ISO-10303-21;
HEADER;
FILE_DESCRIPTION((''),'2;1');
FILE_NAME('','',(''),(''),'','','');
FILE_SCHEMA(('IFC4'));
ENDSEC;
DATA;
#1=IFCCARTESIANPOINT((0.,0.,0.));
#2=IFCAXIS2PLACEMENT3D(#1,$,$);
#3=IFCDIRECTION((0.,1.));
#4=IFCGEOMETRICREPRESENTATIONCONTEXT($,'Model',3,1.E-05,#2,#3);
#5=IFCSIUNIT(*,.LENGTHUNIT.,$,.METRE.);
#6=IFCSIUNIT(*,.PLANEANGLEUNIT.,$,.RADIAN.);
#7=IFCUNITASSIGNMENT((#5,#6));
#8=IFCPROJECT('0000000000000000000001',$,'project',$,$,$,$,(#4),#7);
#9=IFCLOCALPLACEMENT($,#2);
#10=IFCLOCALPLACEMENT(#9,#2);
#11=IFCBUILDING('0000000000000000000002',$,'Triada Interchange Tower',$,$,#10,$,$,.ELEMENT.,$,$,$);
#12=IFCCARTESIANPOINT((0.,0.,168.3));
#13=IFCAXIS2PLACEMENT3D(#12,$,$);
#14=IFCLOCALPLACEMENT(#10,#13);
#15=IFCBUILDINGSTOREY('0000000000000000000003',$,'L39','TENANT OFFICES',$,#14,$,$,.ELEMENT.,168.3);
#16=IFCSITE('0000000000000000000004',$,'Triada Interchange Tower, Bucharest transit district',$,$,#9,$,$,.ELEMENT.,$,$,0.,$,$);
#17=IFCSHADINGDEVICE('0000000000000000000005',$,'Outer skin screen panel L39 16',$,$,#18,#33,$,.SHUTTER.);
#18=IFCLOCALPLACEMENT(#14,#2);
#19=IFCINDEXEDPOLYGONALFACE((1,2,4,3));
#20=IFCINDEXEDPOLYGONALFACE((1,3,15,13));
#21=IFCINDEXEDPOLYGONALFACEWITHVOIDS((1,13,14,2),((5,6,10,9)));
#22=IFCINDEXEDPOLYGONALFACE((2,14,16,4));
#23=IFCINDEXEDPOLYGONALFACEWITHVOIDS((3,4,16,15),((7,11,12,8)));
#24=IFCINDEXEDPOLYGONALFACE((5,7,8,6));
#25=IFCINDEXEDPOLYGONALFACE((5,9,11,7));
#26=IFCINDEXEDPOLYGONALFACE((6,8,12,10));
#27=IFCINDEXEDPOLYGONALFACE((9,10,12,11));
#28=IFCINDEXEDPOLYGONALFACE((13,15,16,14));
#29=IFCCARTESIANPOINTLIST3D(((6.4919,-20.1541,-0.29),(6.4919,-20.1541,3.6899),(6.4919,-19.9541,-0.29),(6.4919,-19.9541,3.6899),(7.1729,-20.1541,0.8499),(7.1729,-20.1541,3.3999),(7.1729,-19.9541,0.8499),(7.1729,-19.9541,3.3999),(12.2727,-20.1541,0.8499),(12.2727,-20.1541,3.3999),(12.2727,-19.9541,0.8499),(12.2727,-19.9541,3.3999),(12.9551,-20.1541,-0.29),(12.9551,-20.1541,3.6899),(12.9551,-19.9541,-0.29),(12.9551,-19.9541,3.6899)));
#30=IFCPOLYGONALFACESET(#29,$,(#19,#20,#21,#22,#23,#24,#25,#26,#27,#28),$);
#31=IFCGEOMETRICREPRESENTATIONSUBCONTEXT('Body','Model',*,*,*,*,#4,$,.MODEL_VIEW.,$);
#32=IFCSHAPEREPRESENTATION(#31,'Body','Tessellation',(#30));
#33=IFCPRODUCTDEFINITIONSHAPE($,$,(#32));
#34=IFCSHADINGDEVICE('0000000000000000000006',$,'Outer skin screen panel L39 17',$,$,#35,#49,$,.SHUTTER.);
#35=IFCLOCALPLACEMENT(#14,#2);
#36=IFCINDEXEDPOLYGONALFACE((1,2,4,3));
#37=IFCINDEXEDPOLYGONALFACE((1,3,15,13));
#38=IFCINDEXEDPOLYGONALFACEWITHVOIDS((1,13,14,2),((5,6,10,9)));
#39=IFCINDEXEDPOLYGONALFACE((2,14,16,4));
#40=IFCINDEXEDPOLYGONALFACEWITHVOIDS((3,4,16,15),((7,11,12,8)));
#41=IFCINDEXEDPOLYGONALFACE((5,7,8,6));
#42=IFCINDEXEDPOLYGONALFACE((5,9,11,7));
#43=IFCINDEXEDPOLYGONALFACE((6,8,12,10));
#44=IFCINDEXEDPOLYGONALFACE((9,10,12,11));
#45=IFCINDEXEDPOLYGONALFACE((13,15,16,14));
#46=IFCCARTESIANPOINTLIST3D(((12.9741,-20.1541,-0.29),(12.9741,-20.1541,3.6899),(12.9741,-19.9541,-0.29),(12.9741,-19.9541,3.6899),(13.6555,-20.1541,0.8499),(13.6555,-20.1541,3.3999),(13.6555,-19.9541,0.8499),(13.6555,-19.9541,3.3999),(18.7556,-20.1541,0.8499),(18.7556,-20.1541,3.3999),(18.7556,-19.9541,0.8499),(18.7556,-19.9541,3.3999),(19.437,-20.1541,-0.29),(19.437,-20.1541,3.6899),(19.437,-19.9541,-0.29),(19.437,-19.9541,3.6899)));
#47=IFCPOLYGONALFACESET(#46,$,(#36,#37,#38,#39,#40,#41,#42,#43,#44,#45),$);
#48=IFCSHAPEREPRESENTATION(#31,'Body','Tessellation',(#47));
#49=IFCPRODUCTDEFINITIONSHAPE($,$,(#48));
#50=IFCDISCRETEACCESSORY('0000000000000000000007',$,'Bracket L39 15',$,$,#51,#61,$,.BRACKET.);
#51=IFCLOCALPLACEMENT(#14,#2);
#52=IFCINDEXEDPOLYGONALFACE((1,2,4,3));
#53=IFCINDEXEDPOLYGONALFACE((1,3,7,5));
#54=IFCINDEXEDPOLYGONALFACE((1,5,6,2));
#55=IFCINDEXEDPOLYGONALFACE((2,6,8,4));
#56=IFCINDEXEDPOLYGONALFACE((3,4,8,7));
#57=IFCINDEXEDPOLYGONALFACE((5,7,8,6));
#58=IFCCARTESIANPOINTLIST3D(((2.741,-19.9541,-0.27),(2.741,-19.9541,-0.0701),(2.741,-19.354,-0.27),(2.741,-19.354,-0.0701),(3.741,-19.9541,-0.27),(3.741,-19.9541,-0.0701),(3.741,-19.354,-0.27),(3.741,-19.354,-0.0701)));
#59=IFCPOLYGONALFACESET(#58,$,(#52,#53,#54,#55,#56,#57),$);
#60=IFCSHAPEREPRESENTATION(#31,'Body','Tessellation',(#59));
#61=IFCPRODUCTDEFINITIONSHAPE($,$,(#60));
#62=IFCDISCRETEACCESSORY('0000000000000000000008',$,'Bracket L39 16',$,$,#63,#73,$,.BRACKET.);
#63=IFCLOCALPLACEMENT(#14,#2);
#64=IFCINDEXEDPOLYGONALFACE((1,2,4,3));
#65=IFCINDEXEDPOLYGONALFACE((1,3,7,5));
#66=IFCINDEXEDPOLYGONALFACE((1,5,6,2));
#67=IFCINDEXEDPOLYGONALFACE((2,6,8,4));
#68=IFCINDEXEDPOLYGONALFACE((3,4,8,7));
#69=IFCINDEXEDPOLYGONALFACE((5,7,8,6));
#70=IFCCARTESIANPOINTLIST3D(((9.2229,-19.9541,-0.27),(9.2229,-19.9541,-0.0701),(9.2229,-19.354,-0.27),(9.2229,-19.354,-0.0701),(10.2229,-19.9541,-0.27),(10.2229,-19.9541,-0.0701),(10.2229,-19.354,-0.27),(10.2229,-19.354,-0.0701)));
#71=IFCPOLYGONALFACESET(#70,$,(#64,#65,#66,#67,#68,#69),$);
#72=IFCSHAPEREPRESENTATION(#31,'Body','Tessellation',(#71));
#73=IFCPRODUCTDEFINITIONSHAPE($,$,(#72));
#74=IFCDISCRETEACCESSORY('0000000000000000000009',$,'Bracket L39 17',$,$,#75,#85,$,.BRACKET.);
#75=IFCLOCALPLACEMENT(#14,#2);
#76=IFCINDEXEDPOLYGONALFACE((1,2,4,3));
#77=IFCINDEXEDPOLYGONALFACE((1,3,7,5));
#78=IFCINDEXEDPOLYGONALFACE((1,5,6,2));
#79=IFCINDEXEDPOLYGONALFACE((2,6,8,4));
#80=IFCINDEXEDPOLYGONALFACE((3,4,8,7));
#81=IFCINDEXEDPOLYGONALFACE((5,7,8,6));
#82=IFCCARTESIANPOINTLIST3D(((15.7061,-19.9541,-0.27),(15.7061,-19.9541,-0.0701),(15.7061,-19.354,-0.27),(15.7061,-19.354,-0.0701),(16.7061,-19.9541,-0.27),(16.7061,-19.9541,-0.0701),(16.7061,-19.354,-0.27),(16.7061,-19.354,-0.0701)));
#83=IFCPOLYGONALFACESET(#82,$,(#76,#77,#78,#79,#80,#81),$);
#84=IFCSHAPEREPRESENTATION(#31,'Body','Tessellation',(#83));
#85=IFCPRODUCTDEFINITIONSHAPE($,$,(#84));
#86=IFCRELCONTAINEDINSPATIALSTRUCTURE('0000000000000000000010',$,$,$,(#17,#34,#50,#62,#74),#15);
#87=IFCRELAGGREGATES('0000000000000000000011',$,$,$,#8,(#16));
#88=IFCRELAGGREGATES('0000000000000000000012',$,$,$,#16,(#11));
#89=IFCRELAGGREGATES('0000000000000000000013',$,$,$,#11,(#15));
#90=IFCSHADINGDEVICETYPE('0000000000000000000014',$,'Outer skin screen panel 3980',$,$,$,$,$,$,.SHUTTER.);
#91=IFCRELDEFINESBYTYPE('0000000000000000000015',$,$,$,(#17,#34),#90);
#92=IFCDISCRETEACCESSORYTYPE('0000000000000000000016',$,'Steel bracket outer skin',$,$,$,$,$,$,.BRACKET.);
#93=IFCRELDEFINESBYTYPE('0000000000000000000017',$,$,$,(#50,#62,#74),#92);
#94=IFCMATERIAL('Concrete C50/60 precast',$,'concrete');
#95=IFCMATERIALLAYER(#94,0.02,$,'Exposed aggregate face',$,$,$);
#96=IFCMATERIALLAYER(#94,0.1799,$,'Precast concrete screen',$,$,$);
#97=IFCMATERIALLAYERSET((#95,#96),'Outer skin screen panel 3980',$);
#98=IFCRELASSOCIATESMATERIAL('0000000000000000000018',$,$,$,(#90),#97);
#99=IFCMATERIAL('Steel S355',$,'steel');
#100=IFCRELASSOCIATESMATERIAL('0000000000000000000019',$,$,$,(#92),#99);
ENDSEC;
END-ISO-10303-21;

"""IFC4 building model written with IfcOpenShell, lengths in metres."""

from ifc_helpers import new_model, si_unit, direction, frame, origin, origin_2d, place, context, subcontext, project, spatial, polyline, rectangle, outline, extrude, material, layer, layer_set, type_object, element, save


model = new_model("IFC4")

# Units and contexts
model_context = context("Model", 3, precision=1e-05, world=origin(), true_north=direction((0.0, 1.0)))
body_context = subcontext(model_context, "Body", "Model", "MODEL_VIEW")
ifc_project = project(units=[si_unit("LENGTHUNIT", "METRE"), si_unit("PLANEANGLEUNIT", "RADIAN")], contexts=[model_context])

# Site, building, storey
site_placement = place(None, origin())
site = spatial("IfcSite", under=ifc_project, at=site_placement, Name="Triada Interchange Tower, Bucharest transit district", CompositionType="ELEMENT", RefElevation=0.0)
building_placement = place(site_placement, origin())
building = spatial("IfcBuilding", under=site, at=building_placement, Name="Triada Interchange Tower", CompositionType="ELEMENT")
storey_placement = place(building_placement, frame((0.0, 0.0, 168.3)))
storey = spatial("IfcBuildingStorey", under=building, at=storey_placement, Name="L39", Description="TENANT OFFICES", CompositionType="ELEMENT", Elevation=168.3)

# Shading devices
ifc_material_1 = material(Name="Concrete C50/60 precast", Category="concrete")
ifc_layer_1 = layer(ifc_material_1, 0.02, Name="Exposed aggregate face")
ifc_layer_2 = layer(ifc_material_1, 0.1799, Name="Precast concrete screen")
ifc_layer_set_1 = layer_set([ifc_layer_1, ifc_layer_2], Name="Outer skin screen panel 3980")
shading_device_type = type_object("IfcShadingDeviceType", Name="Outer skin screen panel 3980", PredefinedType="SHUTTER", material=ifc_layer_set_1)
shading_device_1_placement = place(storey_placement, frame((6.4919, -19.9541, -0.29), z_axis=(0.0, 0.0, 1.0), x_axis=(1.0, 0.0, 0.0)))
element("IfcShadingDevice", 1, at=shading_device_1_placement, inside=storey, type_object=shading_device_type, Name="Outer skin screen panel L39 16", PredefinedType="SHUTTER", context=body_context, shape_type="SweptSolid", body=[
    extrude(outline(polyline([(0.0, 0.0), (6.4631, 0.0), (6.4631, 3.98), (0.0, 3.98), (0.0, 0.0)]), holes=[polyline([(0.6809, 1.1399), (0.6809, 3.6899), (5.7808, 3.6899), (5.7808, 1.1399), (0.6809, 1.1399)])]), frame((0.0, 0.0, 0.0), z_axis=(0.0, -1.0, 0.0), x_axis=(1.0, 0.0, 0.0)), (0.0, 0.0, 1.0), 0.2),
])
shading_device_2_placement = place(storey_placement, frame((12.9741, -19.9541, -0.29), z_axis=(0.0, 0.0, 1.0), x_axis=(1.0, 0.0, 0.0)))
element("IfcShadingDevice", 2, at=shading_device_2_placement, inside=storey, type_object=shading_device_type, Name="Outer skin screen panel L39 17", PredefinedType="SHUTTER", context=body_context, shape_type="SweptSolid", body=[
    extrude(outline(polyline([(0.0, 0.0), (6.4629, 0.0), (6.4629, 3.98), (0.0, 3.98), (0.0, 0.0)]), holes=[polyline([(0.6814, 1.1399), (0.6814, 3.6899), (5.7815, 3.6899), (5.7815, 1.1399), (0.6814, 1.1399)])]), frame((0.0, 0.0, 0.0), z_axis=(0.0, -1.0, 0.0), x_axis=(1.0, 0.0, 0.0)), (0.0, 0.0, 1.0), 0.2),
])

# Discrete accessories
ifc_material_2 = material(Name="Steel S355", Category="steel")
discrete_accessory_type = type_object("IfcDiscreteAccessoryType", Name="Steel bracket outer skin", PredefinedType="BRACKET", material=ifc_material_2)
for number, where, z_axis, x_axis, name in (
    (3, (3.241, -19.6541, -0.27), (0.0, 0.0, 1.0), (0.0, -1.0, 0.0), "Bracket L39 15"),
    (4, (9.7229, -19.6541, -0.27), (0.0, 0.0, 1.0), (0.0, -1.0, 0.0), "Bracket L39 16"),
    (5, (16.2061, -19.6541, -0.27), (0.0, 0.0, 1.0), (0.0, -1.0, 0.0), "Bracket L39 17"),
):
    element("IfcDiscreteAccessory", number, at=place(storey_placement, frame(where, z_axis=z_axis, x_axis=x_axis)), inside=storey, type_object=discrete_accessory_type, Name=name, PredefinedType="BRACKET", context=body_context, shape_type="SweptSolid", body=[
        extrude(rectangle(XDim=0.6001, YDim=1.0, at=origin_2d()), origin(), (0.0, 0.0, 1.0), 0.2),
    ])

save(model, "model.ifc")
